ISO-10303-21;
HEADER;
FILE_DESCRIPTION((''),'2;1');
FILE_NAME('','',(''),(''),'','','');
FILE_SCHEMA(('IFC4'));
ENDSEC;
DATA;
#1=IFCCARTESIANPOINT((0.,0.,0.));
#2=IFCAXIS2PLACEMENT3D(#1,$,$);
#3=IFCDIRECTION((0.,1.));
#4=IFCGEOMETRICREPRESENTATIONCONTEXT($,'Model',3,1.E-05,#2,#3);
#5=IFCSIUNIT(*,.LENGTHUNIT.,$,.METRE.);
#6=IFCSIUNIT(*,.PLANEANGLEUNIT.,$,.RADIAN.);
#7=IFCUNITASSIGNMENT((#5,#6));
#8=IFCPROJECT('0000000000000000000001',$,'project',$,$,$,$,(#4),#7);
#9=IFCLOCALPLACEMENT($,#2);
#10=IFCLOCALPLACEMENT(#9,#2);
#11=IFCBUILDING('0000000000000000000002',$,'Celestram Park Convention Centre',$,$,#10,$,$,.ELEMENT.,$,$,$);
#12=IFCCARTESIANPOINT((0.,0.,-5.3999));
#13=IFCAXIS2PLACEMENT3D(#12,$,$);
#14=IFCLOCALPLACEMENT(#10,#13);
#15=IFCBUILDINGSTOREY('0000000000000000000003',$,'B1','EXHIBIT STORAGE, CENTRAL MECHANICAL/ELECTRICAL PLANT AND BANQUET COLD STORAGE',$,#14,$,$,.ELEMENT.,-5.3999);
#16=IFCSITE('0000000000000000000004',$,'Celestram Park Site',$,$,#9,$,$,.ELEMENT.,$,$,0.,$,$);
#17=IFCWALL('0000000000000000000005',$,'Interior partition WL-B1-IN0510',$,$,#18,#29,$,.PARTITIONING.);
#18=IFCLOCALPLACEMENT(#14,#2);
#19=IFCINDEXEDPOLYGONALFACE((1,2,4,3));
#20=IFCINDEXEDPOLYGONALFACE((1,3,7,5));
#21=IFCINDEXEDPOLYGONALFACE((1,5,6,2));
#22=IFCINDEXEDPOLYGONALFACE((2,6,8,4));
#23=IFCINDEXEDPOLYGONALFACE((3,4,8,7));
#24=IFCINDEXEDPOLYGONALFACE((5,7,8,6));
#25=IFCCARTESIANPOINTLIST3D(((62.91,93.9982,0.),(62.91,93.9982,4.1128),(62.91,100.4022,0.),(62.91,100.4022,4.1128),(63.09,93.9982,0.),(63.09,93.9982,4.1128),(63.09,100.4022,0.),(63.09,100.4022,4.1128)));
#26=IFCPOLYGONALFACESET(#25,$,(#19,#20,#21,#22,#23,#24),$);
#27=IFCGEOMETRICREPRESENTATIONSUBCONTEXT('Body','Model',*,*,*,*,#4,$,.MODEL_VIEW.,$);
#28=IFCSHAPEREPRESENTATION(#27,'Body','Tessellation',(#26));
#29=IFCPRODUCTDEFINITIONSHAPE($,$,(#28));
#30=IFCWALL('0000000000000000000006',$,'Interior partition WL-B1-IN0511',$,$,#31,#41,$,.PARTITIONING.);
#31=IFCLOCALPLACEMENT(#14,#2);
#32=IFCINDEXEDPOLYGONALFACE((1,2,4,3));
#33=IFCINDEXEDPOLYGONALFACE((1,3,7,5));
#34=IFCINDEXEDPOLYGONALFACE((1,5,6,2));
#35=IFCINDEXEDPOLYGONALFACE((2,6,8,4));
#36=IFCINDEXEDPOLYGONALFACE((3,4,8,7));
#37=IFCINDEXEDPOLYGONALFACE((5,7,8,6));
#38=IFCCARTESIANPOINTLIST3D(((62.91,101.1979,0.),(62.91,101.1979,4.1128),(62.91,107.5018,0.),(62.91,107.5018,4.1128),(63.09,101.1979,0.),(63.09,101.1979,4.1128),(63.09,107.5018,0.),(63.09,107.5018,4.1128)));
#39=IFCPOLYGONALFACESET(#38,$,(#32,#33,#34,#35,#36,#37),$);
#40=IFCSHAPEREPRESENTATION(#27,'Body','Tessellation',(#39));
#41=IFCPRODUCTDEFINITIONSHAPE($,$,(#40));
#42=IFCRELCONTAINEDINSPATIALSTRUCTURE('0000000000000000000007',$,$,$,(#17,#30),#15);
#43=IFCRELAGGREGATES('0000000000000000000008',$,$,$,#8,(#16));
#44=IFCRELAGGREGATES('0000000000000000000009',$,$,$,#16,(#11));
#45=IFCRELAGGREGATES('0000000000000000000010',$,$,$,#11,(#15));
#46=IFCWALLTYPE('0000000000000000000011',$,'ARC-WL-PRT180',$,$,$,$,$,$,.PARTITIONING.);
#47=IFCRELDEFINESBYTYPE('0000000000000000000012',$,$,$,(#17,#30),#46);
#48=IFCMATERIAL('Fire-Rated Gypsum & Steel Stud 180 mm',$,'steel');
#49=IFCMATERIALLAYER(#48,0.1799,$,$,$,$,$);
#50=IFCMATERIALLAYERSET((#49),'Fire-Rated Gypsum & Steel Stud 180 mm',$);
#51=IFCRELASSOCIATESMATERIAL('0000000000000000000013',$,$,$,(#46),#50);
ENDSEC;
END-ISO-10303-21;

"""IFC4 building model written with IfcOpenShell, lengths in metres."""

from ifc_helpers import new_model, si_unit, direction, frame, frame_2d, origin, place, context, subcontext, project, spatial, rectangle, extrude, material, layer, layer_set, type_object, element, save


model = new_model("IFC4")

# Units and contexts
model_context = context("Model", 3, precision=1e-05, world=origin(), true_north=direction((0.0, 1.0)))
body_context = subcontext(model_context, "Body", "Model", "MODEL_VIEW")
ifc_project = project(units=[si_unit("LENGTHUNIT", "METRE"), si_unit("PLANEANGLEUNIT", "RADIAN")], contexts=[model_context])

# Site, building, storey
site_placement = place(None, origin())
site = spatial("IfcSite", under=ifc_project, at=site_placement, Name="Celestram Park Site", CompositionType="ELEMENT", RefElevation=0.0)
building_placement = place(site_placement, origin())
building = spatial("IfcBuilding", under=site, at=building_placement, Name="Celestram Park Convention Centre", CompositionType="ELEMENT")
storey_placement = place(building_placement, frame((0.0, 0.0, -5.3999)))
storey = spatial("IfcBuildingStorey", under=building, at=storey_placement, Name="B1", Description="EXHIBIT STORAGE, CENTRAL MECHANICAL/ELECTRICAL PLANT AND BANQUET COLD STORAGE", CompositionType="ELEMENT", Elevation=-5.3999)

# Shared definitions
ifc_material_1 = material(Name="Fire-Rated Gypsum & Steel Stud 180 mm", Category="steel")
ifc_layer = layer(ifc_material_1, 0.1799)
ifc_layer_set = layer_set([ifc_layer], Name="Fire-Rated Gypsum & Steel Stud 180 mm")
wall_type = type_object("IfcWallType", Name="ARC-WL-PRT180", PredefinedType="PARTITIONING", material=ifc_layer_set)

# Walls
wall_1_placement = place(storey_placement, frame((63.0, 93.998, 0.0), z_axis=(0.0, 0.0, 1.0), x_axis=(0.0, 1.0, 0.0)))
element("IfcWall", 1, at=wall_1_placement, inside=storey, type_object=wall_type, Name="Interior partition WL-B1-IN0510", PredefinedType="PARTITIONING", context=body_context, shape_type="SweptSolid", body=[
    extrude(rectangle(XDim=6.4041, YDim=0.1799, at=frame_2d((3.2021, 0.0))), origin(), (0.0, 0.0, 1.0), 4.1128),
])
wall_2_placement = place(storey_placement, frame((63.0, 101.198, 0.0), z_axis=(0.0, 0.0, 1.0), x_axis=(0.0, 1.0, 0.0)))
element("IfcWall", 2, at=wall_2_placement, inside=storey, type_object=wall_type, Name="Interior partition WL-B1-IN0511", PredefinedType="PARTITIONING", context=body_context, shape_type="SweptSolid", body=[
    extrude(rectangle(XDim=6.304, YDim=0.1799, at=frame_2d((3.1519, 0.0))), origin(), (0.0, 0.0, 1.0), 4.1128),
])

save(model, "model.ifc")
